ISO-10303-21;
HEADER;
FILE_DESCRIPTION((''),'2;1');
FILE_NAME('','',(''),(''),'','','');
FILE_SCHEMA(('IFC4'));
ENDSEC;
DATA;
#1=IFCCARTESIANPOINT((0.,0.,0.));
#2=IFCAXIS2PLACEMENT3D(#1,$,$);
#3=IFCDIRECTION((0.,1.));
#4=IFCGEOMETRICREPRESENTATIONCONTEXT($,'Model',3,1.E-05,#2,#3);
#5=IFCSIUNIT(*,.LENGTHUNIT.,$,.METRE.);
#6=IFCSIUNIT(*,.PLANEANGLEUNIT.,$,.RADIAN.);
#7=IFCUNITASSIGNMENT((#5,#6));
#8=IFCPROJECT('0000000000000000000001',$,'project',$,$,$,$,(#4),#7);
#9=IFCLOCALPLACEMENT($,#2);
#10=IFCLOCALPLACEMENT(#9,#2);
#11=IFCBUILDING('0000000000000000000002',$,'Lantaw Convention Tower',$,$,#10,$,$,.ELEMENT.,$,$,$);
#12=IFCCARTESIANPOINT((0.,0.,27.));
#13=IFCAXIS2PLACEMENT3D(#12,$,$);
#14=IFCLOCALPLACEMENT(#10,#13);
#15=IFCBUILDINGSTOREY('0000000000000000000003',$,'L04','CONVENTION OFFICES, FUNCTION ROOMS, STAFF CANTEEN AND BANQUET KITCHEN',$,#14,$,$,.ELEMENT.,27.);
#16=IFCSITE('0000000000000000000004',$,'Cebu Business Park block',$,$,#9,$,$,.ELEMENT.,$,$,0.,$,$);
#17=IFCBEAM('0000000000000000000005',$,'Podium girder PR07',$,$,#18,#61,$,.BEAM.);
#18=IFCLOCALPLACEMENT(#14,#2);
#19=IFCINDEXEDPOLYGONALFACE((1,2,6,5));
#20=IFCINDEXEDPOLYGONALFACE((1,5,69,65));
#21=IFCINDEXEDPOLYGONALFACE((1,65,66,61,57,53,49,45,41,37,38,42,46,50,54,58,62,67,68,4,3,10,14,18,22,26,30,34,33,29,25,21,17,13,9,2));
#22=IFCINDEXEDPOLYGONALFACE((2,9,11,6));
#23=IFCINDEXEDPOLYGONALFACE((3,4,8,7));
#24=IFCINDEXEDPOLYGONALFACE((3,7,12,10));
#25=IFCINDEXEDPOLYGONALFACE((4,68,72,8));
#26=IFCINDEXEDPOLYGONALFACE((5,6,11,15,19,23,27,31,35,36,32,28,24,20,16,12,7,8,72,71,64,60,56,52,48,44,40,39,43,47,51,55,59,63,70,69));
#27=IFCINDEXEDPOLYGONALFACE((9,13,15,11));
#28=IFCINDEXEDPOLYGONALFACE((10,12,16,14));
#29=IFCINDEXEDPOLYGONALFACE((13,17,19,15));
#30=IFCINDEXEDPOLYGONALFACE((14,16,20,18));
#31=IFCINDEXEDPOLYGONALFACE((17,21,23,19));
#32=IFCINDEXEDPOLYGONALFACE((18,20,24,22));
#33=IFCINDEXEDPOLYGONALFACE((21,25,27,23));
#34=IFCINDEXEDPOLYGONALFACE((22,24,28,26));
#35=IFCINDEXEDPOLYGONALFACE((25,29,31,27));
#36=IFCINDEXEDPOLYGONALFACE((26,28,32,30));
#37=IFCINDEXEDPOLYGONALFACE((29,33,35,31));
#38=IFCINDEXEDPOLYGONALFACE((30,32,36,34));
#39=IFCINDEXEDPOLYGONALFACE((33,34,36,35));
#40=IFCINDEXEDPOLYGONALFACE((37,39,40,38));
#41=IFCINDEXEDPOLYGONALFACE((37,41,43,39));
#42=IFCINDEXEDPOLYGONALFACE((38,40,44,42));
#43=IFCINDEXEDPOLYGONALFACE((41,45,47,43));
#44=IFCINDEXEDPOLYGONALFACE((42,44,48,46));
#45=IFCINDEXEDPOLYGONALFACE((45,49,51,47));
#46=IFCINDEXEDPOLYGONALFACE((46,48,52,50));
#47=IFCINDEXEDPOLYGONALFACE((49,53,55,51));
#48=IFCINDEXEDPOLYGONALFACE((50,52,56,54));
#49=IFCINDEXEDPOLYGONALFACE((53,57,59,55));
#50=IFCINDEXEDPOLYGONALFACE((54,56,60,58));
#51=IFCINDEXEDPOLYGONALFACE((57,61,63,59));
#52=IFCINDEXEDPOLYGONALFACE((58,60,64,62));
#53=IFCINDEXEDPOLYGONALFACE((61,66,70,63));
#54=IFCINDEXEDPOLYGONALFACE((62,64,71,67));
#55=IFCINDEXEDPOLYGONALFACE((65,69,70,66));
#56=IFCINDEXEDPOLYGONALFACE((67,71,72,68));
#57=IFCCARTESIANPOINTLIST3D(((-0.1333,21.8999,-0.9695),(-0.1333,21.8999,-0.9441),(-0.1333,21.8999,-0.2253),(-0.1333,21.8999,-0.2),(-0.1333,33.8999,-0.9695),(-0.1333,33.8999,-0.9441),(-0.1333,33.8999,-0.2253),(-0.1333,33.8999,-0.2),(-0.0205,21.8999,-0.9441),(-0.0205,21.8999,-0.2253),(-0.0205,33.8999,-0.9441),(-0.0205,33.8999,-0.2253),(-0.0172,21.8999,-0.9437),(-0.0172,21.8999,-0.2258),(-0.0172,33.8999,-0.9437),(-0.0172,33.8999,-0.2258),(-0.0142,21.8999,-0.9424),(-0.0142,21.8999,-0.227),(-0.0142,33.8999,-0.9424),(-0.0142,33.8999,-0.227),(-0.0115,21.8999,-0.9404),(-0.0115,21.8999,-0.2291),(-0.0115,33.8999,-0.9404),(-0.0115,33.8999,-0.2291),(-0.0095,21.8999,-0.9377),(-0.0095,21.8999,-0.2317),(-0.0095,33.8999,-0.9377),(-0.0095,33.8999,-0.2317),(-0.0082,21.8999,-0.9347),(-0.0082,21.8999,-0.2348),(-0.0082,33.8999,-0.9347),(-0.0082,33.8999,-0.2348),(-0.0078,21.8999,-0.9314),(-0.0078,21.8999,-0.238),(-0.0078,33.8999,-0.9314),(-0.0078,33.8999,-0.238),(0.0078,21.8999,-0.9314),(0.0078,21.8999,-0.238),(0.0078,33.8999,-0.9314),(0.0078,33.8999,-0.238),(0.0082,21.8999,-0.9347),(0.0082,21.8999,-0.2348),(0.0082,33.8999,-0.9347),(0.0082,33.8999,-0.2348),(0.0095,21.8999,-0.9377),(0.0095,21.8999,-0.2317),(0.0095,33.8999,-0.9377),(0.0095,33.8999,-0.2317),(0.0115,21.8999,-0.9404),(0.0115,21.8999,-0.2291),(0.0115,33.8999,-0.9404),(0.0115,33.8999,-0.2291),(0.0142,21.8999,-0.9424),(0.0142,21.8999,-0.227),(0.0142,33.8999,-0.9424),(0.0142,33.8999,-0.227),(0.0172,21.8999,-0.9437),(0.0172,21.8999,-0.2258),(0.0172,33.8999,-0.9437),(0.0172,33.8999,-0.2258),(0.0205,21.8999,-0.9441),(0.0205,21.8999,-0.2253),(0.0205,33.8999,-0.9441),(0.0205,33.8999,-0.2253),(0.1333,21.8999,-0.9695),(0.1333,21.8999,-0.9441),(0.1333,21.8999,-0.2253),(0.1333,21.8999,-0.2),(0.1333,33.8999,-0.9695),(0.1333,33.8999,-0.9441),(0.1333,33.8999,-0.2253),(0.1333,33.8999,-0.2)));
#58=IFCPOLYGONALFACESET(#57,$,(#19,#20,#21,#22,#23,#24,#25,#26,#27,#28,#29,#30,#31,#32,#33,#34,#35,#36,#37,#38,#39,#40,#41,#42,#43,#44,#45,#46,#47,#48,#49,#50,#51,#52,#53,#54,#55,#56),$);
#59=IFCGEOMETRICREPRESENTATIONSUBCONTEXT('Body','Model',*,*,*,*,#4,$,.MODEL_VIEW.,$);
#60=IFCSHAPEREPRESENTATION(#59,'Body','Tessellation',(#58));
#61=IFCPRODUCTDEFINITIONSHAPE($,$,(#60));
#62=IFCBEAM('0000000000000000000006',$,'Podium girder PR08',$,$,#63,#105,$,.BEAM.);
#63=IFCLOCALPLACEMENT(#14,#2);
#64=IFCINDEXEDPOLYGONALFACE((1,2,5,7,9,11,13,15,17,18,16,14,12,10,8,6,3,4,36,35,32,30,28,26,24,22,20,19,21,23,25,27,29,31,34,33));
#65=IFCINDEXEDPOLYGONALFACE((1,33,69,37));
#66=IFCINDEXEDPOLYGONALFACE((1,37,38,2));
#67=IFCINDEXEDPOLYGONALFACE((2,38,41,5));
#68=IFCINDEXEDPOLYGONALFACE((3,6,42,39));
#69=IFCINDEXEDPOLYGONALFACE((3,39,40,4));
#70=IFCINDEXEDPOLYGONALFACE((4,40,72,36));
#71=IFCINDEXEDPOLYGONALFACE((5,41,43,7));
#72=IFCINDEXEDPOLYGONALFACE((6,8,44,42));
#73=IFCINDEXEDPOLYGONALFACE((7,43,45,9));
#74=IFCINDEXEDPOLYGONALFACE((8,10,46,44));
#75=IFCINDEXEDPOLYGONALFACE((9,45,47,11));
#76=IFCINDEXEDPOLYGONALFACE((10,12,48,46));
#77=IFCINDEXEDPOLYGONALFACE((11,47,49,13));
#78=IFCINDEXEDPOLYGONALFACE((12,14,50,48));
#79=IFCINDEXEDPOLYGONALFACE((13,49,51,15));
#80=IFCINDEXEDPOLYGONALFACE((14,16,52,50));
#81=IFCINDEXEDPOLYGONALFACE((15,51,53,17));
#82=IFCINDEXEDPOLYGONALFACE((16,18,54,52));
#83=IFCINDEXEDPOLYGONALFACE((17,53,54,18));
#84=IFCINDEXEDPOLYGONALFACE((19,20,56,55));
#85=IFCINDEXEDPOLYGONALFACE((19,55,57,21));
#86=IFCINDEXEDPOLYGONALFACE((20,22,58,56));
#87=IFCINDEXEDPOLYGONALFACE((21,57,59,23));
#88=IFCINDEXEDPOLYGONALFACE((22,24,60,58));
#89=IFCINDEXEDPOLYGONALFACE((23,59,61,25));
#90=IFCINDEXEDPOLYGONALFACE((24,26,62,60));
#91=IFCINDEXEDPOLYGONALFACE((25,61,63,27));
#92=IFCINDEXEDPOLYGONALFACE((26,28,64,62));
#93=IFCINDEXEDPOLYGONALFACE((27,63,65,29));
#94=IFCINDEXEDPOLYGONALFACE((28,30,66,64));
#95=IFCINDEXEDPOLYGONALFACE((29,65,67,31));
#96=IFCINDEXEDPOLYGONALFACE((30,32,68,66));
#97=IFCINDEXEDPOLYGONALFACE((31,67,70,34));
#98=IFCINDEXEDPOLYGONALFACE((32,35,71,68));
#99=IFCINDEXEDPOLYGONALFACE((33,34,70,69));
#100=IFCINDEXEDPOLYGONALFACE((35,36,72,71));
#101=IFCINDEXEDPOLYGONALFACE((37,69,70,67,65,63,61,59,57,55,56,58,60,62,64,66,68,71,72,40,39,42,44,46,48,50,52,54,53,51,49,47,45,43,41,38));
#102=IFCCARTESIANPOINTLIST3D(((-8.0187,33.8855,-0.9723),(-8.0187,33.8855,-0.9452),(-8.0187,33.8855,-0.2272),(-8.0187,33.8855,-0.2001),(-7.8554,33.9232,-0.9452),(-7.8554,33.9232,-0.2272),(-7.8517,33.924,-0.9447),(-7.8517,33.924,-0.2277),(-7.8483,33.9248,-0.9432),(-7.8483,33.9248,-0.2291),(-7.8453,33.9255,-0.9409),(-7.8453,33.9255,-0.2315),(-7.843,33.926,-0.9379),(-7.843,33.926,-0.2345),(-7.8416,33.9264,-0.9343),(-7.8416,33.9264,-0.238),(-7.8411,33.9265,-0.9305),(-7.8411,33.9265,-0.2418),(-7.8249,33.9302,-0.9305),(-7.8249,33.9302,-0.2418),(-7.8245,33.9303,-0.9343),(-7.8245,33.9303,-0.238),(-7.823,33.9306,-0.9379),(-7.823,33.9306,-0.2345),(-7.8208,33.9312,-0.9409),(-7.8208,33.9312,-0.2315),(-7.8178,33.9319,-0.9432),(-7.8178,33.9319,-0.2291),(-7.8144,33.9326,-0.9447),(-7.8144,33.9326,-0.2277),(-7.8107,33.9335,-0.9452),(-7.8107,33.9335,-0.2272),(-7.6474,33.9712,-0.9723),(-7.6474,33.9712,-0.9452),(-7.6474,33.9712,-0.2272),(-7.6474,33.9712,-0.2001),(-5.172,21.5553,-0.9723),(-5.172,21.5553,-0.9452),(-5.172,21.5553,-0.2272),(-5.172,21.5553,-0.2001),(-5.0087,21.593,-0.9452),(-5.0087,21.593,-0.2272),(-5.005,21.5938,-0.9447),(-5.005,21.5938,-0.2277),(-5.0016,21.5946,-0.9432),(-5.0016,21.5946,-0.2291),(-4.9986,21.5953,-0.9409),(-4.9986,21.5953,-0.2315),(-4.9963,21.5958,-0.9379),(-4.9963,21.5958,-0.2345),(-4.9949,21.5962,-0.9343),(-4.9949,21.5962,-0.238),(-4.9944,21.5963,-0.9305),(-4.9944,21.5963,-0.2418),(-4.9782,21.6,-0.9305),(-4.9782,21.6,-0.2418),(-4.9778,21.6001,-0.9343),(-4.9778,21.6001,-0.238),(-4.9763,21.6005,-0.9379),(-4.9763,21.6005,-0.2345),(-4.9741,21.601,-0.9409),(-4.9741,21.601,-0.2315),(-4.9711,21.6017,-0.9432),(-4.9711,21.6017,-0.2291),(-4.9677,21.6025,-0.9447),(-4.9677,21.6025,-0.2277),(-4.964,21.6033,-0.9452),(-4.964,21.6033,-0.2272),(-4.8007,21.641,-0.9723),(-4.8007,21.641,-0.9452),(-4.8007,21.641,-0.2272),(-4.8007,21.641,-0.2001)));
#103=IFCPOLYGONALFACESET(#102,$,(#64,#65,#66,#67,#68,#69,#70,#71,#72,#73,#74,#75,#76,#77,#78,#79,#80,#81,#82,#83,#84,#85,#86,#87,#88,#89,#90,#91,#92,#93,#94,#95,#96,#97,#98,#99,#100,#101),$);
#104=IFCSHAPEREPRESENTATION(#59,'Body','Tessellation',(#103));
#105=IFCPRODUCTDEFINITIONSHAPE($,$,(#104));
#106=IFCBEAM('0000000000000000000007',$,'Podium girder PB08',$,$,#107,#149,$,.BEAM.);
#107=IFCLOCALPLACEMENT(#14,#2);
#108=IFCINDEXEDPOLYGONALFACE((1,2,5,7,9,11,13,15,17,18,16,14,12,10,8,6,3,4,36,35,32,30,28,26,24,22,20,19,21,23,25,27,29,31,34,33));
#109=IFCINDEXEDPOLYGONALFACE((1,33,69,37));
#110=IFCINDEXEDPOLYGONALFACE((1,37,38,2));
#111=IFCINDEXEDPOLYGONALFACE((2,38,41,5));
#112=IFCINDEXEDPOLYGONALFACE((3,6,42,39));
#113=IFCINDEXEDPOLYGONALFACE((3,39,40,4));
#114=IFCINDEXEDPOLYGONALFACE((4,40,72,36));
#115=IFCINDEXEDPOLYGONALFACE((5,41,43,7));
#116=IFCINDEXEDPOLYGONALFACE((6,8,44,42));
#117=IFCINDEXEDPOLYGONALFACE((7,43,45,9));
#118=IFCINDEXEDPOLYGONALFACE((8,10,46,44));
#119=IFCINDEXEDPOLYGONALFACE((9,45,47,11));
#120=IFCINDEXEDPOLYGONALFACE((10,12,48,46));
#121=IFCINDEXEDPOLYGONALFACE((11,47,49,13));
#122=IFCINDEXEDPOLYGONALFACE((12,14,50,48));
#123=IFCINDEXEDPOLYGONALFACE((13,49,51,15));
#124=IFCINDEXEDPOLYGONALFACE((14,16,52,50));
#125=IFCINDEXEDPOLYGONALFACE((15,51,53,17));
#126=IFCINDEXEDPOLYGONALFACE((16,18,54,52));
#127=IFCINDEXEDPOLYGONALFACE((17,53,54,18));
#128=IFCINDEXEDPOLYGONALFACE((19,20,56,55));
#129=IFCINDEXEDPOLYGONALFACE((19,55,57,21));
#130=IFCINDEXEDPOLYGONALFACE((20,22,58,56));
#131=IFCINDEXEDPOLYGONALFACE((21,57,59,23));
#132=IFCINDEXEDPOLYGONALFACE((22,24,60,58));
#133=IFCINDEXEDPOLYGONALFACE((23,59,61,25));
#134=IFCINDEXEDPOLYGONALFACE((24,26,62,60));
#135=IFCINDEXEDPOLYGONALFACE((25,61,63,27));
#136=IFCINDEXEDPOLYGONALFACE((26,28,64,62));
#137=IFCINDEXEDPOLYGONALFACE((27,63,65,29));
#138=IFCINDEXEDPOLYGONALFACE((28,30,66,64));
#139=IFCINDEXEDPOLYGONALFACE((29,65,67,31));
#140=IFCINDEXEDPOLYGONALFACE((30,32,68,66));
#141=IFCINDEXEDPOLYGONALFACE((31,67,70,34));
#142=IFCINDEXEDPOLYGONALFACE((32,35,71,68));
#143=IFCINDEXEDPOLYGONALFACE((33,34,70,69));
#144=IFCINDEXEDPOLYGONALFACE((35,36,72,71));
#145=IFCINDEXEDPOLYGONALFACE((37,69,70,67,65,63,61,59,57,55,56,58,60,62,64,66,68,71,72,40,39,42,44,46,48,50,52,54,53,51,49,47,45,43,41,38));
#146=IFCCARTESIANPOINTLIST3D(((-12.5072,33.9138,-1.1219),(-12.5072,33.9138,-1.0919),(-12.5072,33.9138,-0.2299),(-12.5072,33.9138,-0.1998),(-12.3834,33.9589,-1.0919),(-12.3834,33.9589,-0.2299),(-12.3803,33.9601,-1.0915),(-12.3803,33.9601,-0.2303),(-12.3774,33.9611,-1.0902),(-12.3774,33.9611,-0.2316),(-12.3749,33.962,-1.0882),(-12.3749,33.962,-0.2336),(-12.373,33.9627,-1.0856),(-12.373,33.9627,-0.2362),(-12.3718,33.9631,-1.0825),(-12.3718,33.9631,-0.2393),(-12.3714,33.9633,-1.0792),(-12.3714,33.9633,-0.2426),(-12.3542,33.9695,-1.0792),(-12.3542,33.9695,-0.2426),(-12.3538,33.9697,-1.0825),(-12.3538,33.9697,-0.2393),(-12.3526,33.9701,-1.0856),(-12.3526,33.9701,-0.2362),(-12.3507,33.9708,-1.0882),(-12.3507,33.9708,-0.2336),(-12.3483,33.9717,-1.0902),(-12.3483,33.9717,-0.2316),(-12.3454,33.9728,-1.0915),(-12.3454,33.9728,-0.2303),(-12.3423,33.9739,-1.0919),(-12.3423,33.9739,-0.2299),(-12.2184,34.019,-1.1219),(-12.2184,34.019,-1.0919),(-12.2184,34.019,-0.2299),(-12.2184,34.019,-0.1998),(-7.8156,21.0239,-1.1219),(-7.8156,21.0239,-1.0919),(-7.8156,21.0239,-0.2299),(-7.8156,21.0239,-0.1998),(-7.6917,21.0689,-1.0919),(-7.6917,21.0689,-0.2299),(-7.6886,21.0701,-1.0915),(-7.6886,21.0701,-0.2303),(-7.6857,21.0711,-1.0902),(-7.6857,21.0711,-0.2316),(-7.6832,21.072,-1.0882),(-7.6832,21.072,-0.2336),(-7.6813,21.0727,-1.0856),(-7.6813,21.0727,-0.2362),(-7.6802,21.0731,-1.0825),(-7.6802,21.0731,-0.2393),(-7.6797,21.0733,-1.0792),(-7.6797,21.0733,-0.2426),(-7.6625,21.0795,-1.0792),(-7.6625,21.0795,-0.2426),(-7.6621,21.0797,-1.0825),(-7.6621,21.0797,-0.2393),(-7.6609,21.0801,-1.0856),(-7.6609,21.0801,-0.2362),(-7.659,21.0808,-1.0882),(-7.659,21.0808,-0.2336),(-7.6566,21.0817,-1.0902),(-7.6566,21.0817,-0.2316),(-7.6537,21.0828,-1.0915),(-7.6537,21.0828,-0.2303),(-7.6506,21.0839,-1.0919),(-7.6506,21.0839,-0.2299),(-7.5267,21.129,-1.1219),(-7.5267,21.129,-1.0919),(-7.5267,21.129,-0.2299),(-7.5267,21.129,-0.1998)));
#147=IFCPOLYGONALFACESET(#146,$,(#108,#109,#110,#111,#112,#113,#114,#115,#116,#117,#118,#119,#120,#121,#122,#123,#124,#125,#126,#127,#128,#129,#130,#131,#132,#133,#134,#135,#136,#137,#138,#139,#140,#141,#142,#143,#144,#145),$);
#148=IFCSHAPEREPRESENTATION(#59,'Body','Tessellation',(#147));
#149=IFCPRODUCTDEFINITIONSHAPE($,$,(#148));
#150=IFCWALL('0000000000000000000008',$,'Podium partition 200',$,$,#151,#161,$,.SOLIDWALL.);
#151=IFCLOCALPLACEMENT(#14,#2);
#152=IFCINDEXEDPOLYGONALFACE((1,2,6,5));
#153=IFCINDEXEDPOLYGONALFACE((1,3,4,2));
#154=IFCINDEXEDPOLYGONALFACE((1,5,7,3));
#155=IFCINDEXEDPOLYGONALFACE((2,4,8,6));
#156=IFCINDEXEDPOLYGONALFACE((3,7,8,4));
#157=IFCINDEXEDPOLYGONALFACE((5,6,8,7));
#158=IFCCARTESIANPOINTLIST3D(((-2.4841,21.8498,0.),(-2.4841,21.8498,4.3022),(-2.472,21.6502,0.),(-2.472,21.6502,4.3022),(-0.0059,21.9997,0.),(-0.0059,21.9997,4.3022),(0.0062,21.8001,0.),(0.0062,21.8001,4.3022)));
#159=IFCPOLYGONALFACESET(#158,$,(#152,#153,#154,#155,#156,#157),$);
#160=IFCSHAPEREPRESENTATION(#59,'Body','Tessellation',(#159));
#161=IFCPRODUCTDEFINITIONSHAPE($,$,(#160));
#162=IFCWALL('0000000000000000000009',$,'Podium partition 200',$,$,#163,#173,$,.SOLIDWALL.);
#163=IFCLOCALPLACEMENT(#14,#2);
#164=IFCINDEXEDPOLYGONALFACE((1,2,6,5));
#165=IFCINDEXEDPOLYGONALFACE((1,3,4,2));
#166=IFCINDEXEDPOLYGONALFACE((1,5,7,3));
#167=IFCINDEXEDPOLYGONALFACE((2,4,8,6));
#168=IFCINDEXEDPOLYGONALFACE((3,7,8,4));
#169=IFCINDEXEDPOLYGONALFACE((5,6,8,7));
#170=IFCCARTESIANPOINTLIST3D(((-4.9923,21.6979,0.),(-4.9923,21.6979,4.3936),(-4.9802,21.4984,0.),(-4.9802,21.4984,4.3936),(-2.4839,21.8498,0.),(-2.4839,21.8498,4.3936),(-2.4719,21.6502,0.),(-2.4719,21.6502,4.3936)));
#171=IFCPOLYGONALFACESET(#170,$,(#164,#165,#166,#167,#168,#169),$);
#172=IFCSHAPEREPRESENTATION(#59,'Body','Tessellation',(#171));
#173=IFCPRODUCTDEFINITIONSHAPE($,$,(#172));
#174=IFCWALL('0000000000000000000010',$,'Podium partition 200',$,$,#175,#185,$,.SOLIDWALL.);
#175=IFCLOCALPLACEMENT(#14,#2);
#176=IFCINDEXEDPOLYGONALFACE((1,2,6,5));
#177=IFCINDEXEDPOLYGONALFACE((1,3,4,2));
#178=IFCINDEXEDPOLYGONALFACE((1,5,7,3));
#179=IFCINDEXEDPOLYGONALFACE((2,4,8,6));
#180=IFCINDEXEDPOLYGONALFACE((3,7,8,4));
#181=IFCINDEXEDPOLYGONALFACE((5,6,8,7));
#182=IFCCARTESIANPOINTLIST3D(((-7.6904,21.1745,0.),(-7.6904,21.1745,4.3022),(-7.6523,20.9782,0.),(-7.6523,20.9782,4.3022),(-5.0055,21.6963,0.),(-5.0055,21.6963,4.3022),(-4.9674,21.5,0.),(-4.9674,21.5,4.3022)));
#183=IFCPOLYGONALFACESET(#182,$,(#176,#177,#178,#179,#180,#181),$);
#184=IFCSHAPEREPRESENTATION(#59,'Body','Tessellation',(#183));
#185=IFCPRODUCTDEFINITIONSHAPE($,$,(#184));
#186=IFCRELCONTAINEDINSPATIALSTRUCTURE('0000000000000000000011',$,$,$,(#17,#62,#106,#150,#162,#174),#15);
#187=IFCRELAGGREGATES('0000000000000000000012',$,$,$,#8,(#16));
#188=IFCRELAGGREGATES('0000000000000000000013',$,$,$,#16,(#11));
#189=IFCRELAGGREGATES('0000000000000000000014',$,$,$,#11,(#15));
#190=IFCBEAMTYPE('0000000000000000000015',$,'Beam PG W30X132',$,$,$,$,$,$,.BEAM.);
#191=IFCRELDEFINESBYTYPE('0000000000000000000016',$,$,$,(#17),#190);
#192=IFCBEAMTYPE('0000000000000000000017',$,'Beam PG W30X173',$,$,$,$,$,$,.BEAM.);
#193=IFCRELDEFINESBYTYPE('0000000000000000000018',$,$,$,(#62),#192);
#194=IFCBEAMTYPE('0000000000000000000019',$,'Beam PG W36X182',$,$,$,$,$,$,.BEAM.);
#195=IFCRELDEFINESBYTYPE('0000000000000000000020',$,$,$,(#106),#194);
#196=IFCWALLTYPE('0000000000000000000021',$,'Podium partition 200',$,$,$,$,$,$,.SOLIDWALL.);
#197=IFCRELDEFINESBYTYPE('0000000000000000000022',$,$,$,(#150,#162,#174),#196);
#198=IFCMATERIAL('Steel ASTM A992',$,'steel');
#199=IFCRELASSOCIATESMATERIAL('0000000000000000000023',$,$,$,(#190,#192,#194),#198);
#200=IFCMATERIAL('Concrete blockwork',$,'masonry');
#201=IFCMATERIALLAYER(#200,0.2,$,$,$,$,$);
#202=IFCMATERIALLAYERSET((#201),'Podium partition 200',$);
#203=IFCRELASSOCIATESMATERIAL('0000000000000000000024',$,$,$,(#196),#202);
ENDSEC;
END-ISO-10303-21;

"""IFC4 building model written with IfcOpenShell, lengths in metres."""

from ifc_helpers import new_model, si_unit, direction, frame, frame_2d, origin, origin_2d, place, context, subcontext, project, spatial, rectangle, i_section, extrude, material, layer, layer_set, material_profile, profile_set, type_object, element, save


model = new_model("IFC4")

# Units and contexts
model_context = context("Model", 3, precision=1e-05, world=origin(), true_north=direction((0.0, 1.0)))
body_context = subcontext(model_context, "Body", "Model", "MODEL_VIEW")
ifc_project = project(units=[si_unit("LENGTHUNIT", "METRE"), si_unit("PLANEANGLEUNIT", "RADIAN")], contexts=[model_context])

# Site, building, storey
site_placement = place(None, origin())
site = spatial("IfcSite", under=ifc_project, at=site_placement, Name="Cebu Business Park block", CompositionType="ELEMENT", RefElevation=0.0)
building_placement = place(site_placement, origin())
building = spatial("IfcBuilding", under=site, at=building_placement, Name="Lantaw Convention Tower", CompositionType="ELEMENT")
storey_placement = place(building_placement, frame((0.0, 0.0, 27.0)))
storey = spatial("IfcBuildingStorey", under=building, at=storey_placement, Name="L04", Description="CONVENTION OFFICES, FUNCTION ROOMS, STAFF CANTEEN AND BANQUET KITCHEN", CompositionType="ELEMENT", Elevation=27.0)

# Beams
ifc_material_1 = material(Name="Steel ASTM A992", Category="steel")
ifc_material_profile_1 = material_profile(ifc_material_1, i_section(OverallWidth=0.2666, OverallDepth=0.7695, WebThickness=0.0156, FlangeThickness=0.0254, FilletRadius=0.0127, at=origin_2d()), Name="W30X132")
ifc_profile_set_1 = profile_set([ifc_material_profile_1], Name="Steel ASTM A992")
beam_type_1 = type_object("IfcBeamType", Name="Beam PG W30X132", PredefinedType="BEAM", material=ifc_profile_set_1)
beam_1_placement = place(storey_placement, frame((0.0, 21.8999, -0.5847), z_axis=(0.0, 1.0, 0.0), x_axis=(-1.0, 0.0, 0.0)))
element("IfcBeam", 1, at=beam_1_placement, inside=storey, type_object=beam_type_1, Name="Podium girder PR07", PredefinedType="BEAM", context=body_context, shape_type="SweptSolid", body=[
    extrude(i_section(OverallWidth=0.2666, OverallDepth=0.7695, WebThickness=0.0156, FlangeThickness=0.0254, FilletRadius=0.0127, at=origin_2d()), origin(), (0.0, 0.0, 1.0), 12.0),
])
ifc_material_profile_2 = material_profile(ifc_material_1, i_section(OverallWidth=0.3811, OverallDepth=0.7722, WebThickness=0.0166, FlangeThickness=0.0271, FilletRadius=0.0146, at=origin_2d()), Name="W30X173")
ifc_profile_set_2 = profile_set([ifc_material_profile_2], Name="Steel ASTM A992")
beam_type_2 = type_object("IfcBeamType", Name="Beam PG W30X173", PredefinedType="BEAM", material=ifc_profile_set_2)
beam_2_placement = place(storey_placement, frame((-4.9863, 21.5981, -0.5862), z_axis=(-0.224955, 0.974369, 0.0), x_axis=(-0.974369, -0.224955, 0.0)))
element("IfcBeam", 2, at=beam_2_placement, inside=storey, type_object=beam_type_2, Name="Podium girder PR08", PredefinedType="BEAM", context=body_context, shape_type="SweptSolid", body=[
    extrude(i_section(OverallWidth=0.3811, OverallDepth=0.7722, WebThickness=0.0166, FlangeThickness=0.0271, FilletRadius=0.0146, at=origin_2d()), origin(), (0.0, 0.0, 1.0), 12.6545),
])
ifc_material_profile_3 = material_profile(ifc_material_1, i_section(OverallWidth=0.3074, OverallDepth=0.9221, WebThickness=0.0183, FlangeThickness=0.03, FilletRadius=0.0127, at=origin_2d()), Name="W36X182")
ifc_profile_set_3 = profile_set([ifc_material_profile_3], Name="Steel ASTM A992")
beam_type_3 = type_object("IfcBeamType", Name="Beam PG W36X182", PredefinedType="BEAM", material=ifc_profile_set_3)
beam_3_placement = place(storey_placement, frame((-7.6711, 21.0764, -0.6609), z_axis=(-0.342027, 0.93969, 0.0), x_axis=(-0.93969, -0.342027, 0.0)))
element("IfcBeam", 3, at=beam_3_placement, inside=storey, type_object=beam_type_3, Name="Podium girder PB08", PredefinedType="BEAM", context=body_context, shape_type="SweptSolid", body=[
    extrude(i_section(OverallWidth=0.3074, OverallDepth=0.9221, WebThickness=0.0183, FlangeThickness=0.03, FilletRadius=0.0127, at=origin_2d()), origin(), (0.0, 0.0, 1.0), 13.7173),
])

# Walls
ifc_material_2 = material(Name="Concrete blockwork", Category="masonry")
ifc_layer = layer(ifc_material_2, 0.2)
ifc_layer_set = layer_set([ifc_layer], Name="Podium partition 200")
wall_type = type_object("IfcWallType", Name="Podium partition 200", PredefinedType="SOLIDWALL", material=ifc_layer_set)
wall_1_placement = place(storey_placement, frame((0.0, 21.8999, 0.0), z_axis=(0.0, 0.0, 1.0), x_axis=(-0.998175, -0.060382, 0.0)))
element("IfcWall", 4, at=wall_1_placement, inside=storey, type_object=wall_type, Name="Podium partition 200", PredefinedType="SOLIDWALL", context=body_context, shape_type="SweptSolid", body=[
    extrude(rectangle(XDim=2.4827, YDim=0.2, at=frame_2d((1.2412, 0.0))), origin(), (0.0, 0.0, 1.0), 4.3022),
])
wall_2_placement = place(storey_placement, frame((-2.478, 21.75, 0.0), z_axis=(0.0, 0.0, 1.0), x_axis=(-0.998172, -0.060431, 0.0)))
element("IfcWall", 5, at=wall_2_placement, inside=storey, type_object=wall_type, Name="Podium partition 200", PredefinedType="SOLIDWALL", context=body_context, shape_type="SweptSolid", body=[
    extrude(rectangle(XDim=2.5129, YDim=0.2, at=frame_2d((1.2563, 0.0))), origin(), (0.0, 0.0, 1.0), 4.3936),
])
wall_3_placement = place(storey_placement, frame((-4.9863, 21.5981, 0.0), z_axis=(0.0, 0.0, 1.0), x_axis=(-0.981637, -0.190757, 0.0)))
element("IfcWall", 6, at=wall_3_placement, inside=storey, type_object=wall_type, Name="Podium partition 200", PredefinedType="SOLIDWALL", context=body_context, shape_type="SweptSolid", body=[
    extrude(rectangle(XDim=2.7351, YDim=0.2, at=frame_2d((1.3677, 0.0))), origin(), (0.0, 0.0, 1.0), 4.3022),
])

save(model, "model.ifc")
